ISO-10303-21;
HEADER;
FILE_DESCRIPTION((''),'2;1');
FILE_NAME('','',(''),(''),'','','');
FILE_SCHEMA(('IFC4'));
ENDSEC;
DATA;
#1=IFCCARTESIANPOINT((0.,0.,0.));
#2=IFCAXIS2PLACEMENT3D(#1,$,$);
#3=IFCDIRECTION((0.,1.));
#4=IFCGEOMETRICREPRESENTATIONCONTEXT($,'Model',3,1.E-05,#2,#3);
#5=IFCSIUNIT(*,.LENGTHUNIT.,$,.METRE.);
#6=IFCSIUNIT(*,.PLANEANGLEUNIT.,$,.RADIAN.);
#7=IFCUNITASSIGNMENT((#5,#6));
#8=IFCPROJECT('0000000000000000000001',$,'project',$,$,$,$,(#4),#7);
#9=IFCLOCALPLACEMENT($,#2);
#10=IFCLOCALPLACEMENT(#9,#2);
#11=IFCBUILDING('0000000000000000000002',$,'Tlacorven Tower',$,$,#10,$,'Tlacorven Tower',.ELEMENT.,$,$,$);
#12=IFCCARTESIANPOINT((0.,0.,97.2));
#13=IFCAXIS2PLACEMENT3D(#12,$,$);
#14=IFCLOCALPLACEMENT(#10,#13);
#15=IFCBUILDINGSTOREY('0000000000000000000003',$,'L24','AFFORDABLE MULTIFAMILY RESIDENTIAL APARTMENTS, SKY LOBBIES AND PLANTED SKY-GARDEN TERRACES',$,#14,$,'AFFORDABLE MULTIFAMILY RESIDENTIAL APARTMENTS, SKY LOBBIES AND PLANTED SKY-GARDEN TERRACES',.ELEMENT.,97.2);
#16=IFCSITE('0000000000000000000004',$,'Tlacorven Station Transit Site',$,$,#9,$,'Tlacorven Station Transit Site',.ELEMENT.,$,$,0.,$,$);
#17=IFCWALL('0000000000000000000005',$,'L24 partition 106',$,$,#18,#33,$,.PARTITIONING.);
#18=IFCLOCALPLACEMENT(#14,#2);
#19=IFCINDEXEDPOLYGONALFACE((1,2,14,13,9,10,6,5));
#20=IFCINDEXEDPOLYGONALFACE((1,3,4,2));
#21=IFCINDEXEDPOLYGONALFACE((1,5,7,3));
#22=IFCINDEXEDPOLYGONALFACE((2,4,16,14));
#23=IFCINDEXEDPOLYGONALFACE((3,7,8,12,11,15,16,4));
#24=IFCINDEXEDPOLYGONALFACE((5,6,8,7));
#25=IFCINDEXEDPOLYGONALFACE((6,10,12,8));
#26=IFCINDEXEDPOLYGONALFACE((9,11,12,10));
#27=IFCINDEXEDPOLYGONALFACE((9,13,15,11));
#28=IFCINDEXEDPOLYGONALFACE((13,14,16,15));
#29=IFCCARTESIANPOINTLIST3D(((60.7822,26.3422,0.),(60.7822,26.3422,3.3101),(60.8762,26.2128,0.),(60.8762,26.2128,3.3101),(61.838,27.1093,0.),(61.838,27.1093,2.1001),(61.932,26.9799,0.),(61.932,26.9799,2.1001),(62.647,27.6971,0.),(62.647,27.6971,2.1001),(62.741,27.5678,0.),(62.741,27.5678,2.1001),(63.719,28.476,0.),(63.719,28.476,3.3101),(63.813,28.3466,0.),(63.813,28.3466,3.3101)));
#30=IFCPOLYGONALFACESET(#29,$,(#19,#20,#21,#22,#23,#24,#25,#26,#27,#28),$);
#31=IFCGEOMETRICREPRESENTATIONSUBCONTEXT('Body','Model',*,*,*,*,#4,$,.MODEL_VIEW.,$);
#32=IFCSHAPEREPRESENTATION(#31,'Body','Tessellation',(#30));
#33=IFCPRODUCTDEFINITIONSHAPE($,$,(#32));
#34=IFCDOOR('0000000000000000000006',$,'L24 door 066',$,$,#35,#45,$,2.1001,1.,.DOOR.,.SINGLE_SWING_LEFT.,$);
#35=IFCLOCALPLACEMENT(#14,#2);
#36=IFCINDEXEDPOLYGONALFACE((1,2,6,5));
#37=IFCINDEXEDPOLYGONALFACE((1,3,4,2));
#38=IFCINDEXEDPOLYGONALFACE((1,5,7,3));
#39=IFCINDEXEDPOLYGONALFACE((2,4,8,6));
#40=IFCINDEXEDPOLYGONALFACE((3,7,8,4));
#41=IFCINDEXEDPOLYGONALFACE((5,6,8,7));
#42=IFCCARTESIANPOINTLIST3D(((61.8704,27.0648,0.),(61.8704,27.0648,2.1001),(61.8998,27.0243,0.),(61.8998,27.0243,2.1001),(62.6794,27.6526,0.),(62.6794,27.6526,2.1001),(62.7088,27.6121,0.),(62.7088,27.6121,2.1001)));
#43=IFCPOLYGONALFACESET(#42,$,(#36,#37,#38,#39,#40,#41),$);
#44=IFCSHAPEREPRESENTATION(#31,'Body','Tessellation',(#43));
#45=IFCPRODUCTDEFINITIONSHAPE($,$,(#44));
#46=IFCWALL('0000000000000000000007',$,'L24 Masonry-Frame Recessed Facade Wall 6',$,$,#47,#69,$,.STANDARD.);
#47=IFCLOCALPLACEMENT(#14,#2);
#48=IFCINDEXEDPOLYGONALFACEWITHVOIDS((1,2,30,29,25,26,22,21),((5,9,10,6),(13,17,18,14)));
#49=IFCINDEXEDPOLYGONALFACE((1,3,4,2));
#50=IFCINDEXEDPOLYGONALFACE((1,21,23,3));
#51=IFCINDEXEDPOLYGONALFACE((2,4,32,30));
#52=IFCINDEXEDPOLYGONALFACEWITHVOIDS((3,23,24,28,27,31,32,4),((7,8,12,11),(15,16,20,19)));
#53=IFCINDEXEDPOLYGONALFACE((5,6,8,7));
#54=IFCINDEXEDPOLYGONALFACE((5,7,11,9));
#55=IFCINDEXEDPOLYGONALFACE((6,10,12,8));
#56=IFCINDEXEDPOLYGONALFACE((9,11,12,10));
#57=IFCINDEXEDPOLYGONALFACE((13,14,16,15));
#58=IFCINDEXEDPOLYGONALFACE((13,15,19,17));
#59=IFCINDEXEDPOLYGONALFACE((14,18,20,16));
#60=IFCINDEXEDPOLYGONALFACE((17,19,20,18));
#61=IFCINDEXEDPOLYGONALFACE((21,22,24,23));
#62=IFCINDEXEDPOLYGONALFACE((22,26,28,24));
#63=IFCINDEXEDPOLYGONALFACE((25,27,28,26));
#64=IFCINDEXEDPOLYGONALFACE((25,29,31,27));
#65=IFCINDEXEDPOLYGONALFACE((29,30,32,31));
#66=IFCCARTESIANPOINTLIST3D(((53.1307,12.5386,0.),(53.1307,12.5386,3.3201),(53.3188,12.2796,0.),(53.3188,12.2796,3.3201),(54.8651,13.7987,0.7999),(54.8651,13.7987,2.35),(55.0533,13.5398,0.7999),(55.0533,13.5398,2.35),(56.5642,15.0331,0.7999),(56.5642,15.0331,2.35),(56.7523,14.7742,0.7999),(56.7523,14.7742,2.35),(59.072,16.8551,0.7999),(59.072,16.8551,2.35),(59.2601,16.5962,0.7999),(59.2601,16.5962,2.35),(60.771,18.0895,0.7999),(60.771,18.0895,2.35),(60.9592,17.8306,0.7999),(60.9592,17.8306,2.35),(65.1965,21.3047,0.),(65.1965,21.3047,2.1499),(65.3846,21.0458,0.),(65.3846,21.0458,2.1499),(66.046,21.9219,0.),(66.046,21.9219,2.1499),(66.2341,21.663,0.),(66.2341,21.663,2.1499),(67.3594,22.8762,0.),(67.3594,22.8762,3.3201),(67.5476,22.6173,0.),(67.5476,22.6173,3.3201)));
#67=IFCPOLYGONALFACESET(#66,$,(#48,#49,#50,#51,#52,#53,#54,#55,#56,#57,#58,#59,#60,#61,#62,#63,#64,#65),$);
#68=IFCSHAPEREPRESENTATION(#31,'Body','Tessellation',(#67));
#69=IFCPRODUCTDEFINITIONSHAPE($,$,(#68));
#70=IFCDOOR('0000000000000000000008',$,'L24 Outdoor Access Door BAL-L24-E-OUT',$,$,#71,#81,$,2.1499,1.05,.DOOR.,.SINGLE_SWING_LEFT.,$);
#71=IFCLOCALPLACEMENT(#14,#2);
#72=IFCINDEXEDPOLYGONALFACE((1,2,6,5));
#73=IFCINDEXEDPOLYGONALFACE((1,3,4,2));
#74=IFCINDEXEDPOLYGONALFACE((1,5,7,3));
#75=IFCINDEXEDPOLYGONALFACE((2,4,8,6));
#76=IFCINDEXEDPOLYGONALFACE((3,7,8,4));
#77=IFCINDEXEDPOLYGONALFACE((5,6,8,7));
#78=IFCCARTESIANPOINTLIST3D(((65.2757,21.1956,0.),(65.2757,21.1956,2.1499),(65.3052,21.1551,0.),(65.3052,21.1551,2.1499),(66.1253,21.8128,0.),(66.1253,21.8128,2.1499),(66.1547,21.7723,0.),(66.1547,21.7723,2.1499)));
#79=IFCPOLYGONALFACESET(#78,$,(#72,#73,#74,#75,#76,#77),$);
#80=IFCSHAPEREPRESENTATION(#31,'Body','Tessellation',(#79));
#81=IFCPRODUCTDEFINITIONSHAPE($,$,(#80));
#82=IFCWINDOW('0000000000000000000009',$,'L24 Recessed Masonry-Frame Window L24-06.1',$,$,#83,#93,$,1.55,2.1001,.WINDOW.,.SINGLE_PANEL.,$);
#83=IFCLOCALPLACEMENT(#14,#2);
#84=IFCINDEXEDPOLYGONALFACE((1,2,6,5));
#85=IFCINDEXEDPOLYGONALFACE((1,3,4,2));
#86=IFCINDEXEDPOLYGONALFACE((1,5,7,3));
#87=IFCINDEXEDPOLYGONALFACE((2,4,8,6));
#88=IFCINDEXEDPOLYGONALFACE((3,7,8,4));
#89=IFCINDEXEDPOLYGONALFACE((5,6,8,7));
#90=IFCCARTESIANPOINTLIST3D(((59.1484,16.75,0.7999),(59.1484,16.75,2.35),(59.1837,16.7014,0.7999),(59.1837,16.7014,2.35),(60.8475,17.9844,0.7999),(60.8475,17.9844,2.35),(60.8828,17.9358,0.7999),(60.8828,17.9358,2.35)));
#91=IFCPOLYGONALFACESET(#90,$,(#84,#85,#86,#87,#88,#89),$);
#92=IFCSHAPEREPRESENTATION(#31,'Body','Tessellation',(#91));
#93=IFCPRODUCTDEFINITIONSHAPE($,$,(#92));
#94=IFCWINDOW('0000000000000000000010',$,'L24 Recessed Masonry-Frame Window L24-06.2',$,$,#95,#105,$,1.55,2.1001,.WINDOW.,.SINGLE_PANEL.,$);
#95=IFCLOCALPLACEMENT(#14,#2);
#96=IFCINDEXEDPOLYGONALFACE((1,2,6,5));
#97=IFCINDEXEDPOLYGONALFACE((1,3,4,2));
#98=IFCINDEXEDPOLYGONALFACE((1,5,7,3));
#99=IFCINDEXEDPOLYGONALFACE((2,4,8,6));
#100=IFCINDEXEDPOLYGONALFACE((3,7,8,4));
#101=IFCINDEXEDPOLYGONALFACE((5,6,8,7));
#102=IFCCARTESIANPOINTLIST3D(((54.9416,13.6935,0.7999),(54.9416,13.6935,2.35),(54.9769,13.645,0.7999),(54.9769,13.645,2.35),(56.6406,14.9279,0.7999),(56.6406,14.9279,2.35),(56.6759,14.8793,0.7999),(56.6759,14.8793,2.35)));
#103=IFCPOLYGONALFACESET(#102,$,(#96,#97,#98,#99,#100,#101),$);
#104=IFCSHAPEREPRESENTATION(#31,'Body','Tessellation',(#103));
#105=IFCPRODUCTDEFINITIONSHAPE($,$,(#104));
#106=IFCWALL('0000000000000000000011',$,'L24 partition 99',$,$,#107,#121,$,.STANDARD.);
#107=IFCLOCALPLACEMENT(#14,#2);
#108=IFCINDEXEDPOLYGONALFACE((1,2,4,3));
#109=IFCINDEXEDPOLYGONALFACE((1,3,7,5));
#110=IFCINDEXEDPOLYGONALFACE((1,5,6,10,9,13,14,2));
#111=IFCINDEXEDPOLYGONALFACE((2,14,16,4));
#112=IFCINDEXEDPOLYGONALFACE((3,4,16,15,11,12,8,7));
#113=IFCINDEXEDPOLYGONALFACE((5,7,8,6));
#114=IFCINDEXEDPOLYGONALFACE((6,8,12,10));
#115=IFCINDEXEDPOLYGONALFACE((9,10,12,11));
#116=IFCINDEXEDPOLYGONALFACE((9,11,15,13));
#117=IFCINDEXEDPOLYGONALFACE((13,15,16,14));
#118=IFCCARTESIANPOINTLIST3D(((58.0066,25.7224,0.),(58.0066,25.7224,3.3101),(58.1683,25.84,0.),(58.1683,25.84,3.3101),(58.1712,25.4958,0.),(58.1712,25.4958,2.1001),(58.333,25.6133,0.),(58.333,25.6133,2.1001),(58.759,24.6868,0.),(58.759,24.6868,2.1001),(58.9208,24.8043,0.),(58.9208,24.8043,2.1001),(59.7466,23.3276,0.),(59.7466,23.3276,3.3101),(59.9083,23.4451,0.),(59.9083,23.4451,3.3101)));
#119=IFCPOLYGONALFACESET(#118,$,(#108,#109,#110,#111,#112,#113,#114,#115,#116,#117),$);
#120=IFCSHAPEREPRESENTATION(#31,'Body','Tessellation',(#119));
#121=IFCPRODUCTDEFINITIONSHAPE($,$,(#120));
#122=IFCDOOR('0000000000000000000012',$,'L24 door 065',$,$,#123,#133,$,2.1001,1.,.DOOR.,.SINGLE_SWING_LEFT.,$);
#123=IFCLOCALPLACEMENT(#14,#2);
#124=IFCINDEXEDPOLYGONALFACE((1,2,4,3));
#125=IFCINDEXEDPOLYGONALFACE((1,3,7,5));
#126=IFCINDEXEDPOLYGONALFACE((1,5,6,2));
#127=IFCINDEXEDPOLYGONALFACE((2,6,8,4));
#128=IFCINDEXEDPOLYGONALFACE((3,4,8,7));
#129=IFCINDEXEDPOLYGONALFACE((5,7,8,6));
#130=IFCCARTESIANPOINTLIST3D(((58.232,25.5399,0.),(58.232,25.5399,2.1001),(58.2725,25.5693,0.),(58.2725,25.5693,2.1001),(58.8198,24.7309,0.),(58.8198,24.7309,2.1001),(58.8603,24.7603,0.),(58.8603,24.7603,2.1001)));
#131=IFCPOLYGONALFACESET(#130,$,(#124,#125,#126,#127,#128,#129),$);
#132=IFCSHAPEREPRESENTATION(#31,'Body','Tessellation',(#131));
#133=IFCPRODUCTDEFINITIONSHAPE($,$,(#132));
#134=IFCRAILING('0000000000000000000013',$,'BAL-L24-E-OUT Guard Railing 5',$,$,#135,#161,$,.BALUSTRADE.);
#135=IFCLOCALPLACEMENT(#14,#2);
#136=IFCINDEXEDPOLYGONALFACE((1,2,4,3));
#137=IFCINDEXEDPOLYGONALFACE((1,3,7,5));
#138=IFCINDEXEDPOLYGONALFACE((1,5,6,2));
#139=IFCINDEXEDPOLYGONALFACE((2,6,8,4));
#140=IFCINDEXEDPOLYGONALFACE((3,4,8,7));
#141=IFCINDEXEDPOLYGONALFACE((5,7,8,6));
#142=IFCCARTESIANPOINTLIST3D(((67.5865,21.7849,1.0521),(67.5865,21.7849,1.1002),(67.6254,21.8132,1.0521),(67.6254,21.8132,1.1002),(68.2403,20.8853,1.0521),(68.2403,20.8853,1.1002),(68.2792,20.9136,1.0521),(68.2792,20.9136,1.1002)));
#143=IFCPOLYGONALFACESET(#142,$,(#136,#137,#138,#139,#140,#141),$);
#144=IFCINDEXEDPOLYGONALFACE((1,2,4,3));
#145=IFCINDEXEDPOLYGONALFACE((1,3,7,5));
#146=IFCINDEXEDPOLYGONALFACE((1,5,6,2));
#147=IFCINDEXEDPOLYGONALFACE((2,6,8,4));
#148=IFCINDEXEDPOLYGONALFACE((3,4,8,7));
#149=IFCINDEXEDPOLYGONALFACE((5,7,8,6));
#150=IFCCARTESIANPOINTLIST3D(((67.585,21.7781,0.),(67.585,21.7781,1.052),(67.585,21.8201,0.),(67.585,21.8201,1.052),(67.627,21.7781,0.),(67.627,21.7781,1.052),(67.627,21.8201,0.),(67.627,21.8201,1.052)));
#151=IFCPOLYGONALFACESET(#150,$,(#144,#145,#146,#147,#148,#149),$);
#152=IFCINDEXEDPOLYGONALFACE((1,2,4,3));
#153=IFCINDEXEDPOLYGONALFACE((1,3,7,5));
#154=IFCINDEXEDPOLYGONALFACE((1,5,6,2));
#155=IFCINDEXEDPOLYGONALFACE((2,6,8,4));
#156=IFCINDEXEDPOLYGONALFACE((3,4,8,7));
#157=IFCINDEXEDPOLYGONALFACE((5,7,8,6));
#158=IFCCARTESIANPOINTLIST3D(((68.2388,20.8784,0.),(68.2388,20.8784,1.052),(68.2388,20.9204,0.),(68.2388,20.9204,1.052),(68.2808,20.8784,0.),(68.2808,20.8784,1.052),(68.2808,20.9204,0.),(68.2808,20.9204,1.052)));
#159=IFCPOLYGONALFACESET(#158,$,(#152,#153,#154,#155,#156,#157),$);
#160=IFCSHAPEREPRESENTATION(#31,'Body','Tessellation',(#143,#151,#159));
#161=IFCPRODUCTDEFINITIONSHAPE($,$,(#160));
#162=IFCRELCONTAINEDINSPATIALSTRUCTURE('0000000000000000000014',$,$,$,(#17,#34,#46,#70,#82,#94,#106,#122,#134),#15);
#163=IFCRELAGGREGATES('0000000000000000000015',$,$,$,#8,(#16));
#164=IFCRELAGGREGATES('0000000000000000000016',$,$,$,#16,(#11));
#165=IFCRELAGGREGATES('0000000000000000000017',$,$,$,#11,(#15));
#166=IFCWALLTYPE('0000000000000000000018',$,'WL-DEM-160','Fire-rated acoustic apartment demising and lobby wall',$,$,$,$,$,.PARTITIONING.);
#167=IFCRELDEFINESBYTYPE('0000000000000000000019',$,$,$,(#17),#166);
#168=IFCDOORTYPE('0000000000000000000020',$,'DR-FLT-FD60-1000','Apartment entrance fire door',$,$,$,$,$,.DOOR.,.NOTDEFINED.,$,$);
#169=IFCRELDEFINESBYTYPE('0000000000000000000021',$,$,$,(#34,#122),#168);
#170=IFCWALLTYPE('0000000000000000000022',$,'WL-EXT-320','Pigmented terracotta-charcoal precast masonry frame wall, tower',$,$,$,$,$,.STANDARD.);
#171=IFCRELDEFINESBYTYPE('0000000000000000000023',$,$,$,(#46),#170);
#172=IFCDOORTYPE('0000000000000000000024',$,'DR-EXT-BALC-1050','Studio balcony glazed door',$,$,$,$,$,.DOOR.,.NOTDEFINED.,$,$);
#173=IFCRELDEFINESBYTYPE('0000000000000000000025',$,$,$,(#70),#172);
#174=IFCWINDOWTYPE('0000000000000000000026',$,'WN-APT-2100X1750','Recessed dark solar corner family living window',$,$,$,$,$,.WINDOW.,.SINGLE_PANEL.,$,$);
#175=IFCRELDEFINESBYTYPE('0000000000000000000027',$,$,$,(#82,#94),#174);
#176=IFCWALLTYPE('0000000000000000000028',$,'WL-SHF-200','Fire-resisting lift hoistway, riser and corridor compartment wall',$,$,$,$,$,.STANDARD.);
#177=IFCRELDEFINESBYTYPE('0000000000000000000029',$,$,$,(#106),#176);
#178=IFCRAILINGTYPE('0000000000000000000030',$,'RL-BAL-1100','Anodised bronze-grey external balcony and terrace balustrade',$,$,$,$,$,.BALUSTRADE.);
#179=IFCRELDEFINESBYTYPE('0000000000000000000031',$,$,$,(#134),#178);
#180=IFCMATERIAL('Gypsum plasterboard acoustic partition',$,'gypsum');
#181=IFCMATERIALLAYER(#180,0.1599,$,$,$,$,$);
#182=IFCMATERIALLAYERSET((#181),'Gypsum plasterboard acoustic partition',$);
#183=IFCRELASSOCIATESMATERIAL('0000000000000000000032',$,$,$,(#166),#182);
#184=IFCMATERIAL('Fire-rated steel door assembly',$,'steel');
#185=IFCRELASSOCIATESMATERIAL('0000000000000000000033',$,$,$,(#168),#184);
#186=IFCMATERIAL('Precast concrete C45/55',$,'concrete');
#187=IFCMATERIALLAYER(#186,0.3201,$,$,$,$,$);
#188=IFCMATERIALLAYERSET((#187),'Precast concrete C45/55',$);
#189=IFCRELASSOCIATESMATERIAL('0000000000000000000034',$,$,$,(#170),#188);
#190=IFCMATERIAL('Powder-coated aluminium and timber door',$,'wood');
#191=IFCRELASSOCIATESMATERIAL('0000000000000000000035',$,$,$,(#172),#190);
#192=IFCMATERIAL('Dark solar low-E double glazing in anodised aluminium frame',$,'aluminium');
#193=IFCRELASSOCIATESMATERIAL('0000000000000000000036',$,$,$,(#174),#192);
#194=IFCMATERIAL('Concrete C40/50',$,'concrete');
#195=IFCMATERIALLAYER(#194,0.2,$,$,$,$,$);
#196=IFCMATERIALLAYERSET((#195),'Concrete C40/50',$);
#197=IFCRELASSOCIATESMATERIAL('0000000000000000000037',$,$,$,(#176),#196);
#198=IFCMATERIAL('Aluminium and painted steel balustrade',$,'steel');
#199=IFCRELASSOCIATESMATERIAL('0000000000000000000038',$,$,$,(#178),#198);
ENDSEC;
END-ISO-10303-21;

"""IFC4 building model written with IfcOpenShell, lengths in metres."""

from ifc_helpers import new_model, si_unit, direction, frame, frame_2d, origin, origin_2d, place, context, subcontext, project, spatial, rectangle, extrude, source, transform, mapped, material, layer, layer_set, type_object, element, fill, save


model = new_model("IFC4")

# Units and contexts
model_context = context("Model", 3, precision=1e-05, world=origin(), true_north=direction((0.0, 1.0)))
body_context = subcontext(model_context, "Body", "Model", "MODEL_VIEW")
ifc_project = project(units=[si_unit("LENGTHUNIT", "METRE"), si_unit("PLANEANGLEUNIT", "RADIAN")], contexts=[model_context])

# Site, building, storey
site_placement = place(None, origin())
site = spatial("IfcSite", under=ifc_project, at=site_placement, Name="Tlacorven Station Transit Site", LongName="Tlacorven Station Transit Site", CompositionType="ELEMENT", RefElevation=0.0)
building_placement = place(site_placement, origin())
building = spatial("IfcBuilding", under=site, at=building_placement, Name="Tlacorven Tower", LongName="Tlacorven Tower", CompositionType="ELEMENT")
storey_placement = place(building_placement, frame((0.0, 0.0, 97.2)))
storey = spatial("IfcBuildingStorey", under=building, at=storey_placement, Name="L24", Description="AFFORDABLE MULTIFAMILY RESIDENTIAL APARTMENTS, SKY LOBBIES AND PLANTED SKY-GARDEN TERRACES", LongName="AFFORDABLE MULTIFAMILY RESIDENTIAL APARTMENTS, SKY LOBBIES AND PLANTED SKY-GARDEN TERRACES", CompositionType="ELEMENT", Elevation=97.2)

# Shared definitions
ifc_material_1 = material(Name="Gypsum plasterboard acoustic partition", Category="gypsum")
ifc_layer_1 = layer(ifc_material_1, 0.1599)
ifc_layer_set_1 = layer_set([ifc_layer_1], Name="Gypsum plasterboard acoustic partition")
wall_type_1 = type_object("IfcWallType", Name="WL-DEM-160", Description="Fire-rated acoustic apartment demising and lobby wall", PredefinedType="PARTITIONING", material=ifc_layer_set_1)
ifc_material_2 = material(Name="Fire-rated steel door assembly", Category="steel")
door_type_1 = type_object("IfcDoorType", Name="DR-FLT-FD60-1000", Description="Apartment entrance fire door", OperationType="NOTDEFINED", PredefinedType="DOOR", material=ifc_material_2)
shared_shape_1 = source(origin(), body_context, "Body", "SweptSolid", [
    extrude(rectangle(XDim=1.0, YDim=2.1001, at=frame_2d((0.5, 1.05))), frame((0.0, 0.0249, 0.0), z_axis=(0.0, -1.0, 0.0), x_axis=(1.0, 0.0, 0.0)), (0.0, 0.0, 1.0), 0.05),
])

# Wall, opening, door
wall_1_placement = place(storey_placement, frame((60.8293, 26.2776, 0.0), z_axis=(0.0, 0.0, 1.0), x_axis=(0.809004, 0.587804, 0.0)))
wall_1 = element("IfcWall", 1, at=wall_1_placement, inside=storey, type_object=wall_type_1, Name="L24 partition 106", PredefinedType="PARTITIONING", context=body_context, shape_type="SweptSolid", body=[
    extrude(rectangle(XDim=3.6301, YDim=0.1599, at=frame_2d((1.8149, 0.0))), origin(), (0.0, 0.0, 1.0), 3.3101),
])
opening_1_placement = place(wall_1_placement, frame((1.3049, 0.0, 0.0)))
opening_1 = element("IfcOpeningElement", 2, at=opening_1_placement, cuts=wall_1, PredefinedType="OPENING", context=body_context, shape_type="SweptSolid", body=[
    extrude(rectangle(XDim=1.0, YDim=2.1001, at=frame_2d((0.5, 1.05))), frame((0.0, 0.0898, 0.0), z_axis=(0.0, -1.0, 0.0), x_axis=(1.0, 0.0, 0.0)), (0.0, 0.0, 1.0), 0.1799),
])
door_1_placement = place(opening_1_placement, origin())
door_1 = element("IfcDoor", 3, at=door_1_placement, inside=storey, type_object=door_type_1, Name="L24 door 066", OperationType="SINGLE_SWING_LEFT", OverallHeight=2.1001, OverallWidth=1.0, PredefinedType="DOOR", context=body_context, shape_type="MappedRepresentation", body=[
    mapped(shared_shape_1, transform((0.0, 0.0, 0.0), scale=1.0)),
])
fill(opening_1, door_1)

# Wall, openings, door, windows
ifc_material_3 = material(Name="Precast concrete C45/55", Category="concrete")
ifc_layer_2 = layer(ifc_material_3, 0.3201)
ifc_layer_set_2 = layer_set([ifc_layer_2], Name="Precast concrete C45/55")
wall_type_2 = type_object("IfcWallType", Name="WL-EXT-320", Description="Pigmented terracotta-charcoal precast masonry frame wall, tower", PredefinedType="STANDARD", material=ifc_layer_set_2)
wall_2_placement = place(storey_placement, frame((67.4536, 22.7468, 0.0), z_axis=(0.0, 0.0, 1.0), x_axis=(-0.809021, -0.58778, 0.0)))
wall_2 = element("IfcWall", 4, at=wall_2_placement, inside=storey, type_object=wall_type_2, Name="L24 Masonry-Frame Recessed Facade Wall 6", PredefinedType="STANDARD", context=body_context, shape_type="SweptSolid", body=[
    extrude(rectangle(XDim=17.5876, YDim=0.3201, at=frame_2d((8.7939, 0.0))), origin(), (0.0, 0.0, 1.0), 3.3201),
])
opening_2_placement = place(wall_2_placement, frame((1.6238, 0.0, 0.0)))
opening_2 = element("IfcOpeningElement", 5, at=opening_2_placement, cuts=wall_2, PredefinedType="OPENING", context=body_context, shape_type="SweptSolid", body=[
    extrude(rectangle(XDim=1.05, YDim=2.1499, at=frame_2d((0.5249, 1.075))), frame((0.0, 0.1699, 0.0), z_axis=(0.0, -1.0, 0.0), x_axis=(1.0, 0.0, 0.0)), (0.0, 0.0, 1.0), 0.3401),
])
opening_3_placement = place(wall_2_placement, frame((8.1438, 0.0, 0.8)))
opening_3 = element("IfcOpeningElement", 6, at=opening_3_placement, cuts=wall_2, PredefinedType="OPENING", context=body_context, shape_type="SweptSolid", body=[
    extrude(rectangle(XDim=2.1001, YDim=1.55, at=frame_2d((1.05, 0.7749))), frame((0.0, 0.1699, 0.0), z_axis=(0.0, -1.0, 0.0), x_axis=(1.0, 0.0, 0.0)), (0.0, 0.0, 1.0), 0.3401),
])
opening_4_placement = place(wall_2_placement, frame((13.3438, 0.0, 0.8)))
opening_4 = element("IfcOpeningElement", 7, at=opening_4_placement, cuts=wall_2, PredefinedType="OPENING", context=body_context, shape_type="SweptSolid", body=[
    extrude(rectangle(XDim=2.1001, YDim=1.55, at=frame_2d((1.05, 0.7749))), frame((0.0, 0.1699, 0.0), z_axis=(0.0, -1.0, 0.0), x_axis=(1.0, 0.0, 0.0)), (0.0, 0.0, 1.0), 0.3401),
])
ifc_material_4 = material(Name="Powder-coated aluminium and timber door", Category="wood")
door_type_2 = type_object("IfcDoorType", Name="DR-EXT-BALC-1050", Description="Studio balcony glazed door", OperationType="NOTDEFINED", PredefinedType="DOOR", material=ifc_material_4)
shared_shape_2 = source(origin(), body_context, "Body", "SweptSolid", [
    extrude(rectangle(XDim=1.05, YDim=2.1499, at=frame_2d((0.5249, 1.075))), frame((0.0, 0.0249, 0.0), z_axis=(0.0, -1.0, 0.0), x_axis=(1.0, 0.0, 0.0)), (0.0, 0.0, 1.0), 0.05),
])
door_2_placement = place(opening_2_placement, origin())
door_2 = element("IfcDoor", 8, at=door_2_placement, inside=storey, type_object=door_type_2, Name="L24 Outdoor Access Door BAL-L24-E-OUT", OperationType="SINGLE_SWING_LEFT", OverallHeight=2.1499, OverallWidth=1.05, PredefinedType="DOOR", context=body_context, shape_type="MappedRepresentation", body=[
    mapped(shared_shape_2, transform((0.0, 0.0, 0.0), scale=1.0)),
])
fill(opening_2, door_2)
ifc_material_5 = material(Name="Dark solar low-E double glazing in anodised aluminium frame", Category="aluminium")
window_type = type_object("IfcWindowType", Name="WN-APT-2100X1750", Description="Recessed dark solar corner family living window", PartitioningType="SINGLE_PANEL", PredefinedType="WINDOW", material=ifc_material_5)
shared_shape_3 = source(origin(), body_context, "Body", "SweptSolid", [
    extrude(rectangle(XDim=2.1001, YDim=1.55, at=frame_2d((1.05, 0.7749))), frame((0.0, 0.03, 0.0), z_axis=(0.0, -1.0, 0.0), x_axis=(1.0, 0.0, 0.0)), (0.0, 0.0, 1.0), 0.0601),
])
window_1_placement = place(opening_3_placement, origin())
window_1 = element("IfcWindow", 9, at=window_1_placement, inside=storey, type_object=window_type, Name="L24 Recessed Masonry-Frame Window L24-06.1", OverallHeight=1.55, OverallWidth=2.1001, PartitioningType="SINGLE_PANEL", PredefinedType="WINDOW", context=body_context, shape_type="MappedRepresentation", body=[
    mapped(shared_shape_3, transform((0.0, 0.0, 0.0), scale=1.0)),
])
fill(opening_3, window_1)
window_2_placement = place(opening_4_placement, origin())
window_2 = element("IfcWindow", 10, at=window_2_placement, inside=storey, type_object=window_type, Name="L24 Recessed Masonry-Frame Window L24-06.2", OverallHeight=1.55, OverallWidth=2.1001, PartitioningType="SINGLE_PANEL", PredefinedType="WINDOW", context=body_context, shape_type="MappedRepresentation", body=[
    mapped(shared_shape_3, transform((0.0, 0.0, 0.0), scale=1.0)),
])
fill(opening_4, window_2)

# Wall, opening, door
ifc_material_6 = material(Name="Concrete C40/50", Category="concrete")
ifc_layer_3 = layer(ifc_material_6, 0.2)
ifc_layer_set_3 = layer_set([ifc_layer_3], Name="Concrete C40/50")
wall_type_3 = type_object("IfcWallType", Name="WL-SHF-200", Description="Fire-resisting lift hoistway, riser and corridor compartment wall", PredefinedType="STANDARD", material=ifc_layer_set_3)
wall_3_placement = place(storey_placement, frame((59.8274, 23.3865, 0.0), z_axis=(0.0, 0.0, 1.0), x_axis=(-0.587804, 0.809003, 0.0)))
wall_3 = element("IfcWall", 11, at=wall_3_placement, inside=storey, type_object=wall_type_3, Name="L24 partition 99", PredefinedType="STANDARD", context=body_context, shape_type="SweptSolid", body=[
    extrude(rectangle(XDim=2.9602, YDim=0.2, at=frame_2d((1.48, 0.0))), origin(), (0.0, 0.0, 1.0), 3.3101),
])
opening_5_placement = place(wall_3_placement, frame((1.6799, 0.0, 0.0)))
opening_5 = element("IfcOpeningElement", 12, at=opening_5_placement, cuts=wall_3, PredefinedType="OPENING", context=body_context, shape_type="SweptSolid", body=[
    extrude(rectangle(XDim=1.0, YDim=2.1001, at=frame_2d((0.5, 1.05))), frame((0.0, 0.1099, 0.0), z_axis=(0.0, -1.0, 0.0), x_axis=(1.0, 0.0, 0.0)), (0.0, 0.0, 1.0), 0.22),
])
door_3_placement = place(opening_5_placement, origin())
door_3 = element("IfcDoor", 13, at=door_3_placement, inside=storey, type_object=door_type_1, Name="L24 door 065", OperationType="SINGLE_SWING_LEFT", OverallHeight=2.1001, OverallWidth=1.0, PredefinedType="DOOR", context=body_context, shape_type="MappedRepresentation", body=[
    mapped(shared_shape_1, transform((0.0, 0.0, 0.0), scale=1.0)),
])
fill(opening_5, door_3)

# Railing
ifc_material_7 = material(Name="Aluminium and painted steel balustrade", Category="steel")
railing_type = type_object("IfcRailingType", Name="RL-BAL-1100", Description="Anodised bronze-grey external balcony and terrace balustrade", PredefinedType="BALUSTRADE", material=ifc_material_7)
shared_shape_4 = source(origin(), body_context, "Body", "SweptSolid", [
    extrude(rectangle(XDim=0.0481, YDim=0.0481, at=origin_2d()), frame((0.0, 0.0, 1.0762), z_axis=(0.587884, -0.808945, 0.0), x_axis=(0.808945, 0.587884, 0.0)), (0.0, 0.0, 1.0), 1.1121),
    extrude(rectangle(XDim=0.042, YDim=0.042, at=origin_2d()), origin(), (0.0, 0.0, 1.0), 1.052),
    extrude(rectangle(XDim=0.042, YDim=0.042, at=origin_2d()), frame((0.6538, -0.8997, 0.0)), (0.0, 0.0, 1.0), 1.052),
])
railing_1_placement = place(storey_placement, frame((67.606, 21.7991, 0.0)))
element("IfcRailing", 14, at=railing_1_placement, inside=storey, type_object=railing_type, Name="BAL-L24-E-OUT Guard Railing 5", PredefinedType="BALUSTRADE", context=body_context, shape_type="MappedRepresentation", body=[
    mapped(shared_shape_4, transform((0.0, 0.0, 0.0), scale=1.0)),
])

save(model, "model.ifc")
